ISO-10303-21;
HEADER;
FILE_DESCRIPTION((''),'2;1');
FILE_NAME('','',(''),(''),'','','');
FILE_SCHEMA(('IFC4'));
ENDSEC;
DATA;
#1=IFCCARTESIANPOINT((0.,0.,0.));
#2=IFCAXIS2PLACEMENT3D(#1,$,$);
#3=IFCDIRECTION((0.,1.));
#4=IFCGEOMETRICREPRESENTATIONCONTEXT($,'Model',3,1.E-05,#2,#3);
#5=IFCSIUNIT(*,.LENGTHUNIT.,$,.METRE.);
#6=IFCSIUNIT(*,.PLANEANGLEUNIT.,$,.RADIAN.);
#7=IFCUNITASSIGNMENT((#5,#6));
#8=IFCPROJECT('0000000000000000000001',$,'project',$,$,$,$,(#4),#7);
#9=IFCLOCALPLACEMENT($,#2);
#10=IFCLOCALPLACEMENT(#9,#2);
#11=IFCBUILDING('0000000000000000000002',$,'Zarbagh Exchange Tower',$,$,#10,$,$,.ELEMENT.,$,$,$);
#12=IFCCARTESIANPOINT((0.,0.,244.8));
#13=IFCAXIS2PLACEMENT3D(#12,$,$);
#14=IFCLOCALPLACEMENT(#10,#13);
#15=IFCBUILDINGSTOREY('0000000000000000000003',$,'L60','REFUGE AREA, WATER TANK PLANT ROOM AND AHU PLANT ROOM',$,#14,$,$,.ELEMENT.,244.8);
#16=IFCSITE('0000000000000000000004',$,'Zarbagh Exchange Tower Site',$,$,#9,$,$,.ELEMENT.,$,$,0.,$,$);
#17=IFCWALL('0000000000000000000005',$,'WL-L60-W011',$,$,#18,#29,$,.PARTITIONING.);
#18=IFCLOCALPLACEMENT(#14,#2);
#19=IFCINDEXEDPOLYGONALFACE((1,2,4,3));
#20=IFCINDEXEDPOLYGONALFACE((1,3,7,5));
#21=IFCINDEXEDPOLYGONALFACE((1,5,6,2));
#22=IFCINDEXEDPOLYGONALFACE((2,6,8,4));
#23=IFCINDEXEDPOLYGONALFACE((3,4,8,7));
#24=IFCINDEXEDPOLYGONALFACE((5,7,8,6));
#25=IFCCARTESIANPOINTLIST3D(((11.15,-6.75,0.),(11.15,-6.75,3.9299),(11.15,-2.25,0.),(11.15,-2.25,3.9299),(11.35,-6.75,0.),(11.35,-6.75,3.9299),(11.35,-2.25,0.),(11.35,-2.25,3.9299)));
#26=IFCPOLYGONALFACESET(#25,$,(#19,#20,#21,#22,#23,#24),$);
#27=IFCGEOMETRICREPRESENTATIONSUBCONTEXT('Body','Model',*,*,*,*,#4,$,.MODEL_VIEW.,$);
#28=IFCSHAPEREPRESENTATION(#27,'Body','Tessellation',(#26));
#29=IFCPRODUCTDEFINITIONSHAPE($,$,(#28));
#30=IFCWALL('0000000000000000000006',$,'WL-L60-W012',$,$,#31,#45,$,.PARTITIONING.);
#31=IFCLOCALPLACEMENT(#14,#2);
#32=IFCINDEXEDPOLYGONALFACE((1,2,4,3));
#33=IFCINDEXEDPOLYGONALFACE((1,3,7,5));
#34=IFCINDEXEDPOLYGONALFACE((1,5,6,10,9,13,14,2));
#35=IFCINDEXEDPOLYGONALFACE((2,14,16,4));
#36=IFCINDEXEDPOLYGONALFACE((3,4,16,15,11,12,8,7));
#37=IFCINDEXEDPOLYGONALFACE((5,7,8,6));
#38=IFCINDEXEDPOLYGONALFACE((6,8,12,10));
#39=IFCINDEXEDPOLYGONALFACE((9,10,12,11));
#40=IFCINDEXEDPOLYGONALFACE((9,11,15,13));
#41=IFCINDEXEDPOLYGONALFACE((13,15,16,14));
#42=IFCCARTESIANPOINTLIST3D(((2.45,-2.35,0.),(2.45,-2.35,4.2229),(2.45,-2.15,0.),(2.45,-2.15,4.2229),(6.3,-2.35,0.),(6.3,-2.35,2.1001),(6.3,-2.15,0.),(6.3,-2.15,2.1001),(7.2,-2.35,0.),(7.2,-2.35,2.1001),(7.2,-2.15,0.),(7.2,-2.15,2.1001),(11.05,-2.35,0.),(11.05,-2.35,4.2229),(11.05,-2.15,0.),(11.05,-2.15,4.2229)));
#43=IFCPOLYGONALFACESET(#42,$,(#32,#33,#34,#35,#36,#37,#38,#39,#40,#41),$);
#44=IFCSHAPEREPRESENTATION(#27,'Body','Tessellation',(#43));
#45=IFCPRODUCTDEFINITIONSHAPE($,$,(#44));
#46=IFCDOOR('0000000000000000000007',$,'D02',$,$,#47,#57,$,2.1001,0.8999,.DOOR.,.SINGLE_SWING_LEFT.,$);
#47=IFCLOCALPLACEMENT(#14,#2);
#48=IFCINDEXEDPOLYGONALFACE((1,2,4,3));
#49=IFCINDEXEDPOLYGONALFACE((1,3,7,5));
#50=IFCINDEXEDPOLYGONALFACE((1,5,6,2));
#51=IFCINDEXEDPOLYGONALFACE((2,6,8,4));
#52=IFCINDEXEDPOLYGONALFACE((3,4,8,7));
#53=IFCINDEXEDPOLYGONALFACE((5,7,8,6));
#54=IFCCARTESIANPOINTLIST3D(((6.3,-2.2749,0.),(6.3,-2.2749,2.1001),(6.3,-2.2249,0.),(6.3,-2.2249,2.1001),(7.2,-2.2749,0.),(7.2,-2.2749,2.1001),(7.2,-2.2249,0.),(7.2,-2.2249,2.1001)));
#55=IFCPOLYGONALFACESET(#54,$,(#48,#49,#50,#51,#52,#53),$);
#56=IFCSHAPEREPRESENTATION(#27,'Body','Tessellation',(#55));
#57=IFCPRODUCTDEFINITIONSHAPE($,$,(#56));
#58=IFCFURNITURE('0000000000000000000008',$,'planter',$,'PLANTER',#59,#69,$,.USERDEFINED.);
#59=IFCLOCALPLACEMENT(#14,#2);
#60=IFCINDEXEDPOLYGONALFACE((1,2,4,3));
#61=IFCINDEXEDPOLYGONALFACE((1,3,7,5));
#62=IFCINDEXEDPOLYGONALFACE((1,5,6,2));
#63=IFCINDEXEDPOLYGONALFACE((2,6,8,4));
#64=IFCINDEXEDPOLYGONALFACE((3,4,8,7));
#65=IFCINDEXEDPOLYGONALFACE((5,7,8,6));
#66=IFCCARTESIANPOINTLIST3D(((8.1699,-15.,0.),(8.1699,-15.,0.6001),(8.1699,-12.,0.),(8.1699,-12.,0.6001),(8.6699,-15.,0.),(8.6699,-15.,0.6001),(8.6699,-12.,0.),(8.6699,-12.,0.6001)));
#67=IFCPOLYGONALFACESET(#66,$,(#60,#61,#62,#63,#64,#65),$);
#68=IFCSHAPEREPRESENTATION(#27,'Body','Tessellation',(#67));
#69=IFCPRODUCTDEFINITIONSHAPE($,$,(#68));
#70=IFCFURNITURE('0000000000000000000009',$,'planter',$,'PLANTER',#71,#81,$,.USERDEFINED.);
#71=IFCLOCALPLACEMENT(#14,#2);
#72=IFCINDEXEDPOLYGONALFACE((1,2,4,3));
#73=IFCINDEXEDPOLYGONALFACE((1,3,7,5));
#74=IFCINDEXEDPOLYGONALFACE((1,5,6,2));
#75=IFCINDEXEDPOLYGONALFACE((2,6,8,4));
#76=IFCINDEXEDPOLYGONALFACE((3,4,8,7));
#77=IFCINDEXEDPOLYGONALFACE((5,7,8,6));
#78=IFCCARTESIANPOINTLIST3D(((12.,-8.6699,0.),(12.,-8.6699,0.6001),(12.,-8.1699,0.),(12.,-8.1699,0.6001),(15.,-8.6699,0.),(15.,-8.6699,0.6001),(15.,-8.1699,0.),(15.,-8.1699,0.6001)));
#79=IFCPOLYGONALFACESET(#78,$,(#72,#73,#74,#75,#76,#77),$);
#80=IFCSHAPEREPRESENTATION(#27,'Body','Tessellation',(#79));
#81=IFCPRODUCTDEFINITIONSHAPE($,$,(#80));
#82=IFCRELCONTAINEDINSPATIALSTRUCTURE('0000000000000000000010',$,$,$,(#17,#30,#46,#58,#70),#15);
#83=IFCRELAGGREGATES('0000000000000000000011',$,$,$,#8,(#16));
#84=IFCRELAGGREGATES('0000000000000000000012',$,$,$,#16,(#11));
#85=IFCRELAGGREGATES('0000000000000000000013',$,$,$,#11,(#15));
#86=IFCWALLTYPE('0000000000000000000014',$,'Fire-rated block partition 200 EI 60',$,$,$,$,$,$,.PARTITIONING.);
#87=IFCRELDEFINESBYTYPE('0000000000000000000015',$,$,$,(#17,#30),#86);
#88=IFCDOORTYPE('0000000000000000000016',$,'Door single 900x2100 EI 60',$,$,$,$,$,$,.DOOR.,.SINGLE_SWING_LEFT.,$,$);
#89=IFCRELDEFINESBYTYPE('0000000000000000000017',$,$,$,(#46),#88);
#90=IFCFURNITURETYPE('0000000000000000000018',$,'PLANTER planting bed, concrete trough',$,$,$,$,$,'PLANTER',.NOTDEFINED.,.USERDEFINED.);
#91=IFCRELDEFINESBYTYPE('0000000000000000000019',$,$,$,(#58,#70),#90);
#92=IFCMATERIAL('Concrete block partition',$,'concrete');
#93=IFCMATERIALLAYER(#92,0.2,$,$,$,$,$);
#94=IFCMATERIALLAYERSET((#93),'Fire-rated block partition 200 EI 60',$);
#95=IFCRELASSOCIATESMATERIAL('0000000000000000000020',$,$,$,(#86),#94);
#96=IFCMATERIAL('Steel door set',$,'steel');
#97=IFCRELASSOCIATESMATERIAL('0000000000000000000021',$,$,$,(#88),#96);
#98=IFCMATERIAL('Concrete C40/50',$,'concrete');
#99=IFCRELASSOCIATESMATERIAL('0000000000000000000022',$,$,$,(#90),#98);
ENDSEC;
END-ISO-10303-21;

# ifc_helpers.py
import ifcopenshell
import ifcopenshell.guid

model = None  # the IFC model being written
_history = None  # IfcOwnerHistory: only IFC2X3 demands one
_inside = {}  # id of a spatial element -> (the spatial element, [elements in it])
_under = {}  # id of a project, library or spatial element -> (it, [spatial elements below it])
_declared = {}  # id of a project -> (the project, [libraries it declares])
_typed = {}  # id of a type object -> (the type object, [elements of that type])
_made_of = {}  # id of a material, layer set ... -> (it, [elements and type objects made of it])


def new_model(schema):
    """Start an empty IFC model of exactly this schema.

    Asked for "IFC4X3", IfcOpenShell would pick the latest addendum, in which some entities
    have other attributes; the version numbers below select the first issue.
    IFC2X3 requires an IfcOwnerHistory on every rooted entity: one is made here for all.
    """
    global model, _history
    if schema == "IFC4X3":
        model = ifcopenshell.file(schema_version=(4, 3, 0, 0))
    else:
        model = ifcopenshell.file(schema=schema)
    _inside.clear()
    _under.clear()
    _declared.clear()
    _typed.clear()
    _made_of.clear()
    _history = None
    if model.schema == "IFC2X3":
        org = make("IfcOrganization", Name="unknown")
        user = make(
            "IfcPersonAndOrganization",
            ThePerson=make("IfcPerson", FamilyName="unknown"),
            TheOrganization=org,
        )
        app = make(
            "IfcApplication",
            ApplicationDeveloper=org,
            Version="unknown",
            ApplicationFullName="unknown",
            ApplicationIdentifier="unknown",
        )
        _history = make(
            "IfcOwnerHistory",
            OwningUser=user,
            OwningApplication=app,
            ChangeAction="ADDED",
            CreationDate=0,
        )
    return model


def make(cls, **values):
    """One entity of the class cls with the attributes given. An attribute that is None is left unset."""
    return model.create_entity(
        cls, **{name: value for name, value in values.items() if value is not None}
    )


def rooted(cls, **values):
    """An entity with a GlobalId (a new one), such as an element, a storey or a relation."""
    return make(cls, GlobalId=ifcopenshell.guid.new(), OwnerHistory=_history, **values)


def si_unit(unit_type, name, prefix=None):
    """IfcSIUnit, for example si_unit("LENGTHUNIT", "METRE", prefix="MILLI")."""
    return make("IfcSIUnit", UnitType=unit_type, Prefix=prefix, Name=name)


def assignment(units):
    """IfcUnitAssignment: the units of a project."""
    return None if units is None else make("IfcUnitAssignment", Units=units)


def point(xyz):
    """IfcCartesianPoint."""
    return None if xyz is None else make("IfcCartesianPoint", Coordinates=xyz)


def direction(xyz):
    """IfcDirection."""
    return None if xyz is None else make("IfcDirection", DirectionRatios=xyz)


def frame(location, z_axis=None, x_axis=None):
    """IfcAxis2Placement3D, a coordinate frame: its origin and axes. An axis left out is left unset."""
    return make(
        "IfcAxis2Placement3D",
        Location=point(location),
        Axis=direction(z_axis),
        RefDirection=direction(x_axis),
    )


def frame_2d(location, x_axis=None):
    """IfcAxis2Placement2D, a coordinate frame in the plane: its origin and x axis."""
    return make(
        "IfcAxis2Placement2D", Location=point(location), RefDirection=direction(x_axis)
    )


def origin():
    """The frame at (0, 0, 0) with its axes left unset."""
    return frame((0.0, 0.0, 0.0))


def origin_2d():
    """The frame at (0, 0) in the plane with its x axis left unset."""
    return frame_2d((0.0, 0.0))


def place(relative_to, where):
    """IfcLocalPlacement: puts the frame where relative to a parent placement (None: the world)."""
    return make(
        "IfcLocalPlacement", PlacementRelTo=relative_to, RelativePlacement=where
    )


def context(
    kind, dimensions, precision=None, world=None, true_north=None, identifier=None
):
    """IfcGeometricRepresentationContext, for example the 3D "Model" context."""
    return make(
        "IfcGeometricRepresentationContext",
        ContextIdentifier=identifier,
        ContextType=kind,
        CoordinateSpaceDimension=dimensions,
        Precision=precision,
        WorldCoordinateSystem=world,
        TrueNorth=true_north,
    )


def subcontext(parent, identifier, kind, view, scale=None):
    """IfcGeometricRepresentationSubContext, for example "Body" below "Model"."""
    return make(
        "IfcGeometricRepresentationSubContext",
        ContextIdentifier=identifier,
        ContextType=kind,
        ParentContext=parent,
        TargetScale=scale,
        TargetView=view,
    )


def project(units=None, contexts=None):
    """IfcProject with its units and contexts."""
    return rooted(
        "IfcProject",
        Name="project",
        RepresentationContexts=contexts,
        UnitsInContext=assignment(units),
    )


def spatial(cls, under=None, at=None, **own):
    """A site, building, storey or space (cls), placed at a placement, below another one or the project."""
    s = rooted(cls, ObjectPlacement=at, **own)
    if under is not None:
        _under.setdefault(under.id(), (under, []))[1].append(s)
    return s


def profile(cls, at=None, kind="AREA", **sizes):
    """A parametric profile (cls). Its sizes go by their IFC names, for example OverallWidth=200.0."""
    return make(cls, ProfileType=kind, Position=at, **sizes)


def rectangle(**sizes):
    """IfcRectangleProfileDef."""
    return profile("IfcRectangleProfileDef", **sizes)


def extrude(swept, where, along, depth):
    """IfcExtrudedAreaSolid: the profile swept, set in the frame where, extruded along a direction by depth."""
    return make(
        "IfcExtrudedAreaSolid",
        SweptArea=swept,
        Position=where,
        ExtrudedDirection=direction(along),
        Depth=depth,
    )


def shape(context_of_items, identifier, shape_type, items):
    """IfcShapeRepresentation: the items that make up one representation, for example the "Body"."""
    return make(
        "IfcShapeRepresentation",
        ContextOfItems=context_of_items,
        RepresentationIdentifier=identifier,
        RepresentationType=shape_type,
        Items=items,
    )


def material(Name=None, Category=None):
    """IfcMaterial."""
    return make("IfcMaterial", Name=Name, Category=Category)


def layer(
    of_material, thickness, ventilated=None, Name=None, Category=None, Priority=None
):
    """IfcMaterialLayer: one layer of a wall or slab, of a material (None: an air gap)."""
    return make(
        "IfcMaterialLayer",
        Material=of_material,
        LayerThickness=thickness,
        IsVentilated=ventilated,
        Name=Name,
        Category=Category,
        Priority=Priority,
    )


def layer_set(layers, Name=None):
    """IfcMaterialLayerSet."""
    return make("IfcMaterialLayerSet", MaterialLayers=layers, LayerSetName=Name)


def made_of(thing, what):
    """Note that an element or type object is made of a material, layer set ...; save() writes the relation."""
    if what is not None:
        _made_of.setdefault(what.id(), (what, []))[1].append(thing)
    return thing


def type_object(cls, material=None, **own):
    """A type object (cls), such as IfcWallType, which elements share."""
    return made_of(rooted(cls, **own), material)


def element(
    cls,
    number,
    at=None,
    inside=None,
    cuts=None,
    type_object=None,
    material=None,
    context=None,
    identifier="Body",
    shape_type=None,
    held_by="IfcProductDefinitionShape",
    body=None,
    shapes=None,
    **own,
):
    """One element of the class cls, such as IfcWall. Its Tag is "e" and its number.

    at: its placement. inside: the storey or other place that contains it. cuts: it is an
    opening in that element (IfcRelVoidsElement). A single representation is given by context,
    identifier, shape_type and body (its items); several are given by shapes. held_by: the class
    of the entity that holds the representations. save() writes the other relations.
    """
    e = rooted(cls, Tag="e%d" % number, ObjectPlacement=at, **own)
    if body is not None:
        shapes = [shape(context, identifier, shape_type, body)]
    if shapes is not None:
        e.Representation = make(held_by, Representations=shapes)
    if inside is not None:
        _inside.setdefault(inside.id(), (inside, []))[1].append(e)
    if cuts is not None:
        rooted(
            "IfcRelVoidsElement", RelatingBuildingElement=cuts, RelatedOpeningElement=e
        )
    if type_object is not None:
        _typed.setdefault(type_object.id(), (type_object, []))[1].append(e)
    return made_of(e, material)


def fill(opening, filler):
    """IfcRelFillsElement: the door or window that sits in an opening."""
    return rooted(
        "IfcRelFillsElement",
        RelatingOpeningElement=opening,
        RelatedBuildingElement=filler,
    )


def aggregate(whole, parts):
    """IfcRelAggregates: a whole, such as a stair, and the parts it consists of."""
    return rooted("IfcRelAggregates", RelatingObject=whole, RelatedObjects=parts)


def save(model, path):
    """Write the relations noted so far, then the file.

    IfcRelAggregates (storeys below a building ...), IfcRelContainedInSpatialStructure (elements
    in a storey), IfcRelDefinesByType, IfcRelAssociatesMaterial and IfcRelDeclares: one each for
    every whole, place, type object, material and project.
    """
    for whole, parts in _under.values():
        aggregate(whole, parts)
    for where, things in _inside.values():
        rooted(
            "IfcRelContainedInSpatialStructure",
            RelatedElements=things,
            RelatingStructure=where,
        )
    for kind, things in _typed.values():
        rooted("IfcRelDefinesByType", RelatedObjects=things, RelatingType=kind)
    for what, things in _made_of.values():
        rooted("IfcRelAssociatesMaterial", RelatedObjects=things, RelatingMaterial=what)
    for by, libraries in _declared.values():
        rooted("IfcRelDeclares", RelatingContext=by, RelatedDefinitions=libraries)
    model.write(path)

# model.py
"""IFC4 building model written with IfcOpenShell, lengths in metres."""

from ifc_helpers import new_model, si_unit, direction, frame, frame_2d, origin, origin_2d, place, context, subcontext, project, spatial, rectangle, extrude, material, layer, layer_set, type_object, element, fill, save


model = new_model("IFC4")

# Units and contexts
model_context = context("Model", 3, precision=1e-05, world=origin(), true_north=direction((0.0, 1.0)))
body_context = subcontext(model_context, "Body", "Model", "MODEL_VIEW")
ifc_project = project(units=[si_unit("LENGTHUNIT", "METRE"), si_unit("PLANEANGLEUNIT", "RADIAN")], contexts=[model_context])

# Site, building, storey
site_placement = place(None, origin())
site = spatial("IfcSite", under=ifc_project, at=site_placement, Name="Zarbagh Exchange Tower Site", CompositionType="ELEMENT", RefElevation=0.0)
building_placement = place(site_placement, origin())
building = spatial("IfcBuilding", under=site, at=building_placement, Name="Zarbagh Exchange Tower", CompositionType="ELEMENT")
storey_placement = place(building_placement, frame((0.0, 0.0, 244.8)))
storey = spatial("IfcBuildingStorey", under=building, at=storey_placement, Name="L60", Description="REFUGE AREA, WATER TANK PLANT ROOM AND AHU PLANT ROOM", CompositionType="ELEMENT", Elevation=244.8)

# Shared definitions
ifc_material_1 = material(Name="Concrete C40/50", Category="concrete")

# Wall
ifc_material_2 = material(Name="Concrete block partition", Category="concrete")
ifc_layer_1 = layer(ifc_material_2, 0.2)
ifc_layer_set_1 = layer_set([ifc_layer_1], Name="Fire-rated block partition 200 EI 60")
wall_type_1 = type_object("IfcWallType", Name="Fire-rated block partition 200 EI 60", PredefinedType="PARTITIONING", material=ifc_layer_set_1)
wall_1_placement = place(storey_placement, frame((11.25, -2.25, 0.0), z_axis=(0.0, 0.0, 1.0), x_axis=(0.0, -1.0, 0.0)))
element("IfcWall", 1, at=wall_1_placement, inside=storey, type_object=wall_type_1, Name="WL-L60-W011", PredefinedType="PARTITIONING", context=body_context, shape_type="SweptSolid", body=[
    extrude(rectangle(XDim=4.5, YDim=0.2, at=frame_2d((2.25, 0.0))), origin(), (0.0, 0.0, 1.0), 3.9299),
])

# Wall, opening, door
wall_2_placement = place(storey_placement, frame((11.05, -2.25, 0.0), z_axis=(0.0, 0.0, 1.0), x_axis=(-1.0, 0.0, 0.0)))
wall_2 = element("IfcWall", 2, at=wall_2_placement, inside=storey, type_object=wall_type_1, Name="WL-L60-W012", PredefinedType="PARTITIONING", context=body_context, shape_type="SweptSolid", body=[
    extrude(rectangle(XDim=8.6001, YDim=0.2, at=frame_2d((4.3, 0.0))), origin(), (0.0, 0.0, 1.0), 4.2229),
])
opening_1_placement = place(wall_2_placement, frame((3.8501, 0.0, 0.0)))
opening_1 = element("IfcOpeningElement", 3, at=opening_1_placement, cuts=wall_2, PredefinedType="OPENING", context=body_context, shape_type="SweptSolid", body=[
    extrude(rectangle(XDim=0.8999, YDim=2.1001, at=frame_2d((0.45, 1.05))), frame((0.0, 0.1099, 0.0), z_axis=(0.0, -1.0, 0.0), x_axis=(1.0, 0.0, 0.0)), (0.0, 0.0, 1.0), 0.22),
])
ifc_material_3 = material(Name="Steel door set", Category="steel")
door_type_1 = type_object("IfcDoorType", Name="Door single 900x2100 EI 60", OperationType="SINGLE_SWING_LEFT", PredefinedType="DOOR", material=ifc_material_3)
door_1_placement = place(opening_1_placement, origin())
door_1 = element("IfcDoor", 4, at=door_1_placement, inside=storey, type_object=door_type_1, Name="D02", OperationType="SINGLE_SWING_LEFT", OverallHeight=2.1001, OverallWidth=0.8999, PredefinedType="DOOR", context=body_context, shape_type="SweptSolid", body=[
    extrude(rectangle(XDim=0.8999, YDim=2.1001, at=frame_2d((0.45, 1.05))), frame((0.0, 0.0249, 0.0), z_axis=(0.0, -1.0, 0.0), x_axis=(1.0, 0.0, 0.0)), (0.0, 0.0, 1.0), 0.05),
])
fill(opening_1, door_1)

# Furniture
furniture_type = type_object("IfcFurnitureType", Name="PLANTER planting bed, concrete trough", ElementType="PLANTER", AssemblyPlace="NOTDEFINED", PredefinedType="USERDEFINED", material=ifc_material_1)
for number, where, z_axis, x_axis, name in (
    (5, (8.4199, -13.5, 0.0), (0.0, 0.0, 1.0), (0.0, -1.0, 0.0), "planter"),
    (6, (13.5, -8.4199, 0.0), (0.0, 0.0, 1.0), (-1.0, 0.0, 0.0), "planter"),
):
    element("IfcFurniture", number, at=place(storey_placement, frame(where, z_axis=z_axis, x_axis=x_axis)), inside=storey, type_object=furniture_type, Name=name, ObjectType="PLANTER", PredefinedType="USERDEFINED", context=body_context, shape_type="SweptSolid", body=[
        extrude(rectangle(XDim=3.0, YDim=0.5, at=origin_2d()), origin(), (0.0, 0.0, 1.0), 0.6001),
    ])

save(model, "model.ifc")
